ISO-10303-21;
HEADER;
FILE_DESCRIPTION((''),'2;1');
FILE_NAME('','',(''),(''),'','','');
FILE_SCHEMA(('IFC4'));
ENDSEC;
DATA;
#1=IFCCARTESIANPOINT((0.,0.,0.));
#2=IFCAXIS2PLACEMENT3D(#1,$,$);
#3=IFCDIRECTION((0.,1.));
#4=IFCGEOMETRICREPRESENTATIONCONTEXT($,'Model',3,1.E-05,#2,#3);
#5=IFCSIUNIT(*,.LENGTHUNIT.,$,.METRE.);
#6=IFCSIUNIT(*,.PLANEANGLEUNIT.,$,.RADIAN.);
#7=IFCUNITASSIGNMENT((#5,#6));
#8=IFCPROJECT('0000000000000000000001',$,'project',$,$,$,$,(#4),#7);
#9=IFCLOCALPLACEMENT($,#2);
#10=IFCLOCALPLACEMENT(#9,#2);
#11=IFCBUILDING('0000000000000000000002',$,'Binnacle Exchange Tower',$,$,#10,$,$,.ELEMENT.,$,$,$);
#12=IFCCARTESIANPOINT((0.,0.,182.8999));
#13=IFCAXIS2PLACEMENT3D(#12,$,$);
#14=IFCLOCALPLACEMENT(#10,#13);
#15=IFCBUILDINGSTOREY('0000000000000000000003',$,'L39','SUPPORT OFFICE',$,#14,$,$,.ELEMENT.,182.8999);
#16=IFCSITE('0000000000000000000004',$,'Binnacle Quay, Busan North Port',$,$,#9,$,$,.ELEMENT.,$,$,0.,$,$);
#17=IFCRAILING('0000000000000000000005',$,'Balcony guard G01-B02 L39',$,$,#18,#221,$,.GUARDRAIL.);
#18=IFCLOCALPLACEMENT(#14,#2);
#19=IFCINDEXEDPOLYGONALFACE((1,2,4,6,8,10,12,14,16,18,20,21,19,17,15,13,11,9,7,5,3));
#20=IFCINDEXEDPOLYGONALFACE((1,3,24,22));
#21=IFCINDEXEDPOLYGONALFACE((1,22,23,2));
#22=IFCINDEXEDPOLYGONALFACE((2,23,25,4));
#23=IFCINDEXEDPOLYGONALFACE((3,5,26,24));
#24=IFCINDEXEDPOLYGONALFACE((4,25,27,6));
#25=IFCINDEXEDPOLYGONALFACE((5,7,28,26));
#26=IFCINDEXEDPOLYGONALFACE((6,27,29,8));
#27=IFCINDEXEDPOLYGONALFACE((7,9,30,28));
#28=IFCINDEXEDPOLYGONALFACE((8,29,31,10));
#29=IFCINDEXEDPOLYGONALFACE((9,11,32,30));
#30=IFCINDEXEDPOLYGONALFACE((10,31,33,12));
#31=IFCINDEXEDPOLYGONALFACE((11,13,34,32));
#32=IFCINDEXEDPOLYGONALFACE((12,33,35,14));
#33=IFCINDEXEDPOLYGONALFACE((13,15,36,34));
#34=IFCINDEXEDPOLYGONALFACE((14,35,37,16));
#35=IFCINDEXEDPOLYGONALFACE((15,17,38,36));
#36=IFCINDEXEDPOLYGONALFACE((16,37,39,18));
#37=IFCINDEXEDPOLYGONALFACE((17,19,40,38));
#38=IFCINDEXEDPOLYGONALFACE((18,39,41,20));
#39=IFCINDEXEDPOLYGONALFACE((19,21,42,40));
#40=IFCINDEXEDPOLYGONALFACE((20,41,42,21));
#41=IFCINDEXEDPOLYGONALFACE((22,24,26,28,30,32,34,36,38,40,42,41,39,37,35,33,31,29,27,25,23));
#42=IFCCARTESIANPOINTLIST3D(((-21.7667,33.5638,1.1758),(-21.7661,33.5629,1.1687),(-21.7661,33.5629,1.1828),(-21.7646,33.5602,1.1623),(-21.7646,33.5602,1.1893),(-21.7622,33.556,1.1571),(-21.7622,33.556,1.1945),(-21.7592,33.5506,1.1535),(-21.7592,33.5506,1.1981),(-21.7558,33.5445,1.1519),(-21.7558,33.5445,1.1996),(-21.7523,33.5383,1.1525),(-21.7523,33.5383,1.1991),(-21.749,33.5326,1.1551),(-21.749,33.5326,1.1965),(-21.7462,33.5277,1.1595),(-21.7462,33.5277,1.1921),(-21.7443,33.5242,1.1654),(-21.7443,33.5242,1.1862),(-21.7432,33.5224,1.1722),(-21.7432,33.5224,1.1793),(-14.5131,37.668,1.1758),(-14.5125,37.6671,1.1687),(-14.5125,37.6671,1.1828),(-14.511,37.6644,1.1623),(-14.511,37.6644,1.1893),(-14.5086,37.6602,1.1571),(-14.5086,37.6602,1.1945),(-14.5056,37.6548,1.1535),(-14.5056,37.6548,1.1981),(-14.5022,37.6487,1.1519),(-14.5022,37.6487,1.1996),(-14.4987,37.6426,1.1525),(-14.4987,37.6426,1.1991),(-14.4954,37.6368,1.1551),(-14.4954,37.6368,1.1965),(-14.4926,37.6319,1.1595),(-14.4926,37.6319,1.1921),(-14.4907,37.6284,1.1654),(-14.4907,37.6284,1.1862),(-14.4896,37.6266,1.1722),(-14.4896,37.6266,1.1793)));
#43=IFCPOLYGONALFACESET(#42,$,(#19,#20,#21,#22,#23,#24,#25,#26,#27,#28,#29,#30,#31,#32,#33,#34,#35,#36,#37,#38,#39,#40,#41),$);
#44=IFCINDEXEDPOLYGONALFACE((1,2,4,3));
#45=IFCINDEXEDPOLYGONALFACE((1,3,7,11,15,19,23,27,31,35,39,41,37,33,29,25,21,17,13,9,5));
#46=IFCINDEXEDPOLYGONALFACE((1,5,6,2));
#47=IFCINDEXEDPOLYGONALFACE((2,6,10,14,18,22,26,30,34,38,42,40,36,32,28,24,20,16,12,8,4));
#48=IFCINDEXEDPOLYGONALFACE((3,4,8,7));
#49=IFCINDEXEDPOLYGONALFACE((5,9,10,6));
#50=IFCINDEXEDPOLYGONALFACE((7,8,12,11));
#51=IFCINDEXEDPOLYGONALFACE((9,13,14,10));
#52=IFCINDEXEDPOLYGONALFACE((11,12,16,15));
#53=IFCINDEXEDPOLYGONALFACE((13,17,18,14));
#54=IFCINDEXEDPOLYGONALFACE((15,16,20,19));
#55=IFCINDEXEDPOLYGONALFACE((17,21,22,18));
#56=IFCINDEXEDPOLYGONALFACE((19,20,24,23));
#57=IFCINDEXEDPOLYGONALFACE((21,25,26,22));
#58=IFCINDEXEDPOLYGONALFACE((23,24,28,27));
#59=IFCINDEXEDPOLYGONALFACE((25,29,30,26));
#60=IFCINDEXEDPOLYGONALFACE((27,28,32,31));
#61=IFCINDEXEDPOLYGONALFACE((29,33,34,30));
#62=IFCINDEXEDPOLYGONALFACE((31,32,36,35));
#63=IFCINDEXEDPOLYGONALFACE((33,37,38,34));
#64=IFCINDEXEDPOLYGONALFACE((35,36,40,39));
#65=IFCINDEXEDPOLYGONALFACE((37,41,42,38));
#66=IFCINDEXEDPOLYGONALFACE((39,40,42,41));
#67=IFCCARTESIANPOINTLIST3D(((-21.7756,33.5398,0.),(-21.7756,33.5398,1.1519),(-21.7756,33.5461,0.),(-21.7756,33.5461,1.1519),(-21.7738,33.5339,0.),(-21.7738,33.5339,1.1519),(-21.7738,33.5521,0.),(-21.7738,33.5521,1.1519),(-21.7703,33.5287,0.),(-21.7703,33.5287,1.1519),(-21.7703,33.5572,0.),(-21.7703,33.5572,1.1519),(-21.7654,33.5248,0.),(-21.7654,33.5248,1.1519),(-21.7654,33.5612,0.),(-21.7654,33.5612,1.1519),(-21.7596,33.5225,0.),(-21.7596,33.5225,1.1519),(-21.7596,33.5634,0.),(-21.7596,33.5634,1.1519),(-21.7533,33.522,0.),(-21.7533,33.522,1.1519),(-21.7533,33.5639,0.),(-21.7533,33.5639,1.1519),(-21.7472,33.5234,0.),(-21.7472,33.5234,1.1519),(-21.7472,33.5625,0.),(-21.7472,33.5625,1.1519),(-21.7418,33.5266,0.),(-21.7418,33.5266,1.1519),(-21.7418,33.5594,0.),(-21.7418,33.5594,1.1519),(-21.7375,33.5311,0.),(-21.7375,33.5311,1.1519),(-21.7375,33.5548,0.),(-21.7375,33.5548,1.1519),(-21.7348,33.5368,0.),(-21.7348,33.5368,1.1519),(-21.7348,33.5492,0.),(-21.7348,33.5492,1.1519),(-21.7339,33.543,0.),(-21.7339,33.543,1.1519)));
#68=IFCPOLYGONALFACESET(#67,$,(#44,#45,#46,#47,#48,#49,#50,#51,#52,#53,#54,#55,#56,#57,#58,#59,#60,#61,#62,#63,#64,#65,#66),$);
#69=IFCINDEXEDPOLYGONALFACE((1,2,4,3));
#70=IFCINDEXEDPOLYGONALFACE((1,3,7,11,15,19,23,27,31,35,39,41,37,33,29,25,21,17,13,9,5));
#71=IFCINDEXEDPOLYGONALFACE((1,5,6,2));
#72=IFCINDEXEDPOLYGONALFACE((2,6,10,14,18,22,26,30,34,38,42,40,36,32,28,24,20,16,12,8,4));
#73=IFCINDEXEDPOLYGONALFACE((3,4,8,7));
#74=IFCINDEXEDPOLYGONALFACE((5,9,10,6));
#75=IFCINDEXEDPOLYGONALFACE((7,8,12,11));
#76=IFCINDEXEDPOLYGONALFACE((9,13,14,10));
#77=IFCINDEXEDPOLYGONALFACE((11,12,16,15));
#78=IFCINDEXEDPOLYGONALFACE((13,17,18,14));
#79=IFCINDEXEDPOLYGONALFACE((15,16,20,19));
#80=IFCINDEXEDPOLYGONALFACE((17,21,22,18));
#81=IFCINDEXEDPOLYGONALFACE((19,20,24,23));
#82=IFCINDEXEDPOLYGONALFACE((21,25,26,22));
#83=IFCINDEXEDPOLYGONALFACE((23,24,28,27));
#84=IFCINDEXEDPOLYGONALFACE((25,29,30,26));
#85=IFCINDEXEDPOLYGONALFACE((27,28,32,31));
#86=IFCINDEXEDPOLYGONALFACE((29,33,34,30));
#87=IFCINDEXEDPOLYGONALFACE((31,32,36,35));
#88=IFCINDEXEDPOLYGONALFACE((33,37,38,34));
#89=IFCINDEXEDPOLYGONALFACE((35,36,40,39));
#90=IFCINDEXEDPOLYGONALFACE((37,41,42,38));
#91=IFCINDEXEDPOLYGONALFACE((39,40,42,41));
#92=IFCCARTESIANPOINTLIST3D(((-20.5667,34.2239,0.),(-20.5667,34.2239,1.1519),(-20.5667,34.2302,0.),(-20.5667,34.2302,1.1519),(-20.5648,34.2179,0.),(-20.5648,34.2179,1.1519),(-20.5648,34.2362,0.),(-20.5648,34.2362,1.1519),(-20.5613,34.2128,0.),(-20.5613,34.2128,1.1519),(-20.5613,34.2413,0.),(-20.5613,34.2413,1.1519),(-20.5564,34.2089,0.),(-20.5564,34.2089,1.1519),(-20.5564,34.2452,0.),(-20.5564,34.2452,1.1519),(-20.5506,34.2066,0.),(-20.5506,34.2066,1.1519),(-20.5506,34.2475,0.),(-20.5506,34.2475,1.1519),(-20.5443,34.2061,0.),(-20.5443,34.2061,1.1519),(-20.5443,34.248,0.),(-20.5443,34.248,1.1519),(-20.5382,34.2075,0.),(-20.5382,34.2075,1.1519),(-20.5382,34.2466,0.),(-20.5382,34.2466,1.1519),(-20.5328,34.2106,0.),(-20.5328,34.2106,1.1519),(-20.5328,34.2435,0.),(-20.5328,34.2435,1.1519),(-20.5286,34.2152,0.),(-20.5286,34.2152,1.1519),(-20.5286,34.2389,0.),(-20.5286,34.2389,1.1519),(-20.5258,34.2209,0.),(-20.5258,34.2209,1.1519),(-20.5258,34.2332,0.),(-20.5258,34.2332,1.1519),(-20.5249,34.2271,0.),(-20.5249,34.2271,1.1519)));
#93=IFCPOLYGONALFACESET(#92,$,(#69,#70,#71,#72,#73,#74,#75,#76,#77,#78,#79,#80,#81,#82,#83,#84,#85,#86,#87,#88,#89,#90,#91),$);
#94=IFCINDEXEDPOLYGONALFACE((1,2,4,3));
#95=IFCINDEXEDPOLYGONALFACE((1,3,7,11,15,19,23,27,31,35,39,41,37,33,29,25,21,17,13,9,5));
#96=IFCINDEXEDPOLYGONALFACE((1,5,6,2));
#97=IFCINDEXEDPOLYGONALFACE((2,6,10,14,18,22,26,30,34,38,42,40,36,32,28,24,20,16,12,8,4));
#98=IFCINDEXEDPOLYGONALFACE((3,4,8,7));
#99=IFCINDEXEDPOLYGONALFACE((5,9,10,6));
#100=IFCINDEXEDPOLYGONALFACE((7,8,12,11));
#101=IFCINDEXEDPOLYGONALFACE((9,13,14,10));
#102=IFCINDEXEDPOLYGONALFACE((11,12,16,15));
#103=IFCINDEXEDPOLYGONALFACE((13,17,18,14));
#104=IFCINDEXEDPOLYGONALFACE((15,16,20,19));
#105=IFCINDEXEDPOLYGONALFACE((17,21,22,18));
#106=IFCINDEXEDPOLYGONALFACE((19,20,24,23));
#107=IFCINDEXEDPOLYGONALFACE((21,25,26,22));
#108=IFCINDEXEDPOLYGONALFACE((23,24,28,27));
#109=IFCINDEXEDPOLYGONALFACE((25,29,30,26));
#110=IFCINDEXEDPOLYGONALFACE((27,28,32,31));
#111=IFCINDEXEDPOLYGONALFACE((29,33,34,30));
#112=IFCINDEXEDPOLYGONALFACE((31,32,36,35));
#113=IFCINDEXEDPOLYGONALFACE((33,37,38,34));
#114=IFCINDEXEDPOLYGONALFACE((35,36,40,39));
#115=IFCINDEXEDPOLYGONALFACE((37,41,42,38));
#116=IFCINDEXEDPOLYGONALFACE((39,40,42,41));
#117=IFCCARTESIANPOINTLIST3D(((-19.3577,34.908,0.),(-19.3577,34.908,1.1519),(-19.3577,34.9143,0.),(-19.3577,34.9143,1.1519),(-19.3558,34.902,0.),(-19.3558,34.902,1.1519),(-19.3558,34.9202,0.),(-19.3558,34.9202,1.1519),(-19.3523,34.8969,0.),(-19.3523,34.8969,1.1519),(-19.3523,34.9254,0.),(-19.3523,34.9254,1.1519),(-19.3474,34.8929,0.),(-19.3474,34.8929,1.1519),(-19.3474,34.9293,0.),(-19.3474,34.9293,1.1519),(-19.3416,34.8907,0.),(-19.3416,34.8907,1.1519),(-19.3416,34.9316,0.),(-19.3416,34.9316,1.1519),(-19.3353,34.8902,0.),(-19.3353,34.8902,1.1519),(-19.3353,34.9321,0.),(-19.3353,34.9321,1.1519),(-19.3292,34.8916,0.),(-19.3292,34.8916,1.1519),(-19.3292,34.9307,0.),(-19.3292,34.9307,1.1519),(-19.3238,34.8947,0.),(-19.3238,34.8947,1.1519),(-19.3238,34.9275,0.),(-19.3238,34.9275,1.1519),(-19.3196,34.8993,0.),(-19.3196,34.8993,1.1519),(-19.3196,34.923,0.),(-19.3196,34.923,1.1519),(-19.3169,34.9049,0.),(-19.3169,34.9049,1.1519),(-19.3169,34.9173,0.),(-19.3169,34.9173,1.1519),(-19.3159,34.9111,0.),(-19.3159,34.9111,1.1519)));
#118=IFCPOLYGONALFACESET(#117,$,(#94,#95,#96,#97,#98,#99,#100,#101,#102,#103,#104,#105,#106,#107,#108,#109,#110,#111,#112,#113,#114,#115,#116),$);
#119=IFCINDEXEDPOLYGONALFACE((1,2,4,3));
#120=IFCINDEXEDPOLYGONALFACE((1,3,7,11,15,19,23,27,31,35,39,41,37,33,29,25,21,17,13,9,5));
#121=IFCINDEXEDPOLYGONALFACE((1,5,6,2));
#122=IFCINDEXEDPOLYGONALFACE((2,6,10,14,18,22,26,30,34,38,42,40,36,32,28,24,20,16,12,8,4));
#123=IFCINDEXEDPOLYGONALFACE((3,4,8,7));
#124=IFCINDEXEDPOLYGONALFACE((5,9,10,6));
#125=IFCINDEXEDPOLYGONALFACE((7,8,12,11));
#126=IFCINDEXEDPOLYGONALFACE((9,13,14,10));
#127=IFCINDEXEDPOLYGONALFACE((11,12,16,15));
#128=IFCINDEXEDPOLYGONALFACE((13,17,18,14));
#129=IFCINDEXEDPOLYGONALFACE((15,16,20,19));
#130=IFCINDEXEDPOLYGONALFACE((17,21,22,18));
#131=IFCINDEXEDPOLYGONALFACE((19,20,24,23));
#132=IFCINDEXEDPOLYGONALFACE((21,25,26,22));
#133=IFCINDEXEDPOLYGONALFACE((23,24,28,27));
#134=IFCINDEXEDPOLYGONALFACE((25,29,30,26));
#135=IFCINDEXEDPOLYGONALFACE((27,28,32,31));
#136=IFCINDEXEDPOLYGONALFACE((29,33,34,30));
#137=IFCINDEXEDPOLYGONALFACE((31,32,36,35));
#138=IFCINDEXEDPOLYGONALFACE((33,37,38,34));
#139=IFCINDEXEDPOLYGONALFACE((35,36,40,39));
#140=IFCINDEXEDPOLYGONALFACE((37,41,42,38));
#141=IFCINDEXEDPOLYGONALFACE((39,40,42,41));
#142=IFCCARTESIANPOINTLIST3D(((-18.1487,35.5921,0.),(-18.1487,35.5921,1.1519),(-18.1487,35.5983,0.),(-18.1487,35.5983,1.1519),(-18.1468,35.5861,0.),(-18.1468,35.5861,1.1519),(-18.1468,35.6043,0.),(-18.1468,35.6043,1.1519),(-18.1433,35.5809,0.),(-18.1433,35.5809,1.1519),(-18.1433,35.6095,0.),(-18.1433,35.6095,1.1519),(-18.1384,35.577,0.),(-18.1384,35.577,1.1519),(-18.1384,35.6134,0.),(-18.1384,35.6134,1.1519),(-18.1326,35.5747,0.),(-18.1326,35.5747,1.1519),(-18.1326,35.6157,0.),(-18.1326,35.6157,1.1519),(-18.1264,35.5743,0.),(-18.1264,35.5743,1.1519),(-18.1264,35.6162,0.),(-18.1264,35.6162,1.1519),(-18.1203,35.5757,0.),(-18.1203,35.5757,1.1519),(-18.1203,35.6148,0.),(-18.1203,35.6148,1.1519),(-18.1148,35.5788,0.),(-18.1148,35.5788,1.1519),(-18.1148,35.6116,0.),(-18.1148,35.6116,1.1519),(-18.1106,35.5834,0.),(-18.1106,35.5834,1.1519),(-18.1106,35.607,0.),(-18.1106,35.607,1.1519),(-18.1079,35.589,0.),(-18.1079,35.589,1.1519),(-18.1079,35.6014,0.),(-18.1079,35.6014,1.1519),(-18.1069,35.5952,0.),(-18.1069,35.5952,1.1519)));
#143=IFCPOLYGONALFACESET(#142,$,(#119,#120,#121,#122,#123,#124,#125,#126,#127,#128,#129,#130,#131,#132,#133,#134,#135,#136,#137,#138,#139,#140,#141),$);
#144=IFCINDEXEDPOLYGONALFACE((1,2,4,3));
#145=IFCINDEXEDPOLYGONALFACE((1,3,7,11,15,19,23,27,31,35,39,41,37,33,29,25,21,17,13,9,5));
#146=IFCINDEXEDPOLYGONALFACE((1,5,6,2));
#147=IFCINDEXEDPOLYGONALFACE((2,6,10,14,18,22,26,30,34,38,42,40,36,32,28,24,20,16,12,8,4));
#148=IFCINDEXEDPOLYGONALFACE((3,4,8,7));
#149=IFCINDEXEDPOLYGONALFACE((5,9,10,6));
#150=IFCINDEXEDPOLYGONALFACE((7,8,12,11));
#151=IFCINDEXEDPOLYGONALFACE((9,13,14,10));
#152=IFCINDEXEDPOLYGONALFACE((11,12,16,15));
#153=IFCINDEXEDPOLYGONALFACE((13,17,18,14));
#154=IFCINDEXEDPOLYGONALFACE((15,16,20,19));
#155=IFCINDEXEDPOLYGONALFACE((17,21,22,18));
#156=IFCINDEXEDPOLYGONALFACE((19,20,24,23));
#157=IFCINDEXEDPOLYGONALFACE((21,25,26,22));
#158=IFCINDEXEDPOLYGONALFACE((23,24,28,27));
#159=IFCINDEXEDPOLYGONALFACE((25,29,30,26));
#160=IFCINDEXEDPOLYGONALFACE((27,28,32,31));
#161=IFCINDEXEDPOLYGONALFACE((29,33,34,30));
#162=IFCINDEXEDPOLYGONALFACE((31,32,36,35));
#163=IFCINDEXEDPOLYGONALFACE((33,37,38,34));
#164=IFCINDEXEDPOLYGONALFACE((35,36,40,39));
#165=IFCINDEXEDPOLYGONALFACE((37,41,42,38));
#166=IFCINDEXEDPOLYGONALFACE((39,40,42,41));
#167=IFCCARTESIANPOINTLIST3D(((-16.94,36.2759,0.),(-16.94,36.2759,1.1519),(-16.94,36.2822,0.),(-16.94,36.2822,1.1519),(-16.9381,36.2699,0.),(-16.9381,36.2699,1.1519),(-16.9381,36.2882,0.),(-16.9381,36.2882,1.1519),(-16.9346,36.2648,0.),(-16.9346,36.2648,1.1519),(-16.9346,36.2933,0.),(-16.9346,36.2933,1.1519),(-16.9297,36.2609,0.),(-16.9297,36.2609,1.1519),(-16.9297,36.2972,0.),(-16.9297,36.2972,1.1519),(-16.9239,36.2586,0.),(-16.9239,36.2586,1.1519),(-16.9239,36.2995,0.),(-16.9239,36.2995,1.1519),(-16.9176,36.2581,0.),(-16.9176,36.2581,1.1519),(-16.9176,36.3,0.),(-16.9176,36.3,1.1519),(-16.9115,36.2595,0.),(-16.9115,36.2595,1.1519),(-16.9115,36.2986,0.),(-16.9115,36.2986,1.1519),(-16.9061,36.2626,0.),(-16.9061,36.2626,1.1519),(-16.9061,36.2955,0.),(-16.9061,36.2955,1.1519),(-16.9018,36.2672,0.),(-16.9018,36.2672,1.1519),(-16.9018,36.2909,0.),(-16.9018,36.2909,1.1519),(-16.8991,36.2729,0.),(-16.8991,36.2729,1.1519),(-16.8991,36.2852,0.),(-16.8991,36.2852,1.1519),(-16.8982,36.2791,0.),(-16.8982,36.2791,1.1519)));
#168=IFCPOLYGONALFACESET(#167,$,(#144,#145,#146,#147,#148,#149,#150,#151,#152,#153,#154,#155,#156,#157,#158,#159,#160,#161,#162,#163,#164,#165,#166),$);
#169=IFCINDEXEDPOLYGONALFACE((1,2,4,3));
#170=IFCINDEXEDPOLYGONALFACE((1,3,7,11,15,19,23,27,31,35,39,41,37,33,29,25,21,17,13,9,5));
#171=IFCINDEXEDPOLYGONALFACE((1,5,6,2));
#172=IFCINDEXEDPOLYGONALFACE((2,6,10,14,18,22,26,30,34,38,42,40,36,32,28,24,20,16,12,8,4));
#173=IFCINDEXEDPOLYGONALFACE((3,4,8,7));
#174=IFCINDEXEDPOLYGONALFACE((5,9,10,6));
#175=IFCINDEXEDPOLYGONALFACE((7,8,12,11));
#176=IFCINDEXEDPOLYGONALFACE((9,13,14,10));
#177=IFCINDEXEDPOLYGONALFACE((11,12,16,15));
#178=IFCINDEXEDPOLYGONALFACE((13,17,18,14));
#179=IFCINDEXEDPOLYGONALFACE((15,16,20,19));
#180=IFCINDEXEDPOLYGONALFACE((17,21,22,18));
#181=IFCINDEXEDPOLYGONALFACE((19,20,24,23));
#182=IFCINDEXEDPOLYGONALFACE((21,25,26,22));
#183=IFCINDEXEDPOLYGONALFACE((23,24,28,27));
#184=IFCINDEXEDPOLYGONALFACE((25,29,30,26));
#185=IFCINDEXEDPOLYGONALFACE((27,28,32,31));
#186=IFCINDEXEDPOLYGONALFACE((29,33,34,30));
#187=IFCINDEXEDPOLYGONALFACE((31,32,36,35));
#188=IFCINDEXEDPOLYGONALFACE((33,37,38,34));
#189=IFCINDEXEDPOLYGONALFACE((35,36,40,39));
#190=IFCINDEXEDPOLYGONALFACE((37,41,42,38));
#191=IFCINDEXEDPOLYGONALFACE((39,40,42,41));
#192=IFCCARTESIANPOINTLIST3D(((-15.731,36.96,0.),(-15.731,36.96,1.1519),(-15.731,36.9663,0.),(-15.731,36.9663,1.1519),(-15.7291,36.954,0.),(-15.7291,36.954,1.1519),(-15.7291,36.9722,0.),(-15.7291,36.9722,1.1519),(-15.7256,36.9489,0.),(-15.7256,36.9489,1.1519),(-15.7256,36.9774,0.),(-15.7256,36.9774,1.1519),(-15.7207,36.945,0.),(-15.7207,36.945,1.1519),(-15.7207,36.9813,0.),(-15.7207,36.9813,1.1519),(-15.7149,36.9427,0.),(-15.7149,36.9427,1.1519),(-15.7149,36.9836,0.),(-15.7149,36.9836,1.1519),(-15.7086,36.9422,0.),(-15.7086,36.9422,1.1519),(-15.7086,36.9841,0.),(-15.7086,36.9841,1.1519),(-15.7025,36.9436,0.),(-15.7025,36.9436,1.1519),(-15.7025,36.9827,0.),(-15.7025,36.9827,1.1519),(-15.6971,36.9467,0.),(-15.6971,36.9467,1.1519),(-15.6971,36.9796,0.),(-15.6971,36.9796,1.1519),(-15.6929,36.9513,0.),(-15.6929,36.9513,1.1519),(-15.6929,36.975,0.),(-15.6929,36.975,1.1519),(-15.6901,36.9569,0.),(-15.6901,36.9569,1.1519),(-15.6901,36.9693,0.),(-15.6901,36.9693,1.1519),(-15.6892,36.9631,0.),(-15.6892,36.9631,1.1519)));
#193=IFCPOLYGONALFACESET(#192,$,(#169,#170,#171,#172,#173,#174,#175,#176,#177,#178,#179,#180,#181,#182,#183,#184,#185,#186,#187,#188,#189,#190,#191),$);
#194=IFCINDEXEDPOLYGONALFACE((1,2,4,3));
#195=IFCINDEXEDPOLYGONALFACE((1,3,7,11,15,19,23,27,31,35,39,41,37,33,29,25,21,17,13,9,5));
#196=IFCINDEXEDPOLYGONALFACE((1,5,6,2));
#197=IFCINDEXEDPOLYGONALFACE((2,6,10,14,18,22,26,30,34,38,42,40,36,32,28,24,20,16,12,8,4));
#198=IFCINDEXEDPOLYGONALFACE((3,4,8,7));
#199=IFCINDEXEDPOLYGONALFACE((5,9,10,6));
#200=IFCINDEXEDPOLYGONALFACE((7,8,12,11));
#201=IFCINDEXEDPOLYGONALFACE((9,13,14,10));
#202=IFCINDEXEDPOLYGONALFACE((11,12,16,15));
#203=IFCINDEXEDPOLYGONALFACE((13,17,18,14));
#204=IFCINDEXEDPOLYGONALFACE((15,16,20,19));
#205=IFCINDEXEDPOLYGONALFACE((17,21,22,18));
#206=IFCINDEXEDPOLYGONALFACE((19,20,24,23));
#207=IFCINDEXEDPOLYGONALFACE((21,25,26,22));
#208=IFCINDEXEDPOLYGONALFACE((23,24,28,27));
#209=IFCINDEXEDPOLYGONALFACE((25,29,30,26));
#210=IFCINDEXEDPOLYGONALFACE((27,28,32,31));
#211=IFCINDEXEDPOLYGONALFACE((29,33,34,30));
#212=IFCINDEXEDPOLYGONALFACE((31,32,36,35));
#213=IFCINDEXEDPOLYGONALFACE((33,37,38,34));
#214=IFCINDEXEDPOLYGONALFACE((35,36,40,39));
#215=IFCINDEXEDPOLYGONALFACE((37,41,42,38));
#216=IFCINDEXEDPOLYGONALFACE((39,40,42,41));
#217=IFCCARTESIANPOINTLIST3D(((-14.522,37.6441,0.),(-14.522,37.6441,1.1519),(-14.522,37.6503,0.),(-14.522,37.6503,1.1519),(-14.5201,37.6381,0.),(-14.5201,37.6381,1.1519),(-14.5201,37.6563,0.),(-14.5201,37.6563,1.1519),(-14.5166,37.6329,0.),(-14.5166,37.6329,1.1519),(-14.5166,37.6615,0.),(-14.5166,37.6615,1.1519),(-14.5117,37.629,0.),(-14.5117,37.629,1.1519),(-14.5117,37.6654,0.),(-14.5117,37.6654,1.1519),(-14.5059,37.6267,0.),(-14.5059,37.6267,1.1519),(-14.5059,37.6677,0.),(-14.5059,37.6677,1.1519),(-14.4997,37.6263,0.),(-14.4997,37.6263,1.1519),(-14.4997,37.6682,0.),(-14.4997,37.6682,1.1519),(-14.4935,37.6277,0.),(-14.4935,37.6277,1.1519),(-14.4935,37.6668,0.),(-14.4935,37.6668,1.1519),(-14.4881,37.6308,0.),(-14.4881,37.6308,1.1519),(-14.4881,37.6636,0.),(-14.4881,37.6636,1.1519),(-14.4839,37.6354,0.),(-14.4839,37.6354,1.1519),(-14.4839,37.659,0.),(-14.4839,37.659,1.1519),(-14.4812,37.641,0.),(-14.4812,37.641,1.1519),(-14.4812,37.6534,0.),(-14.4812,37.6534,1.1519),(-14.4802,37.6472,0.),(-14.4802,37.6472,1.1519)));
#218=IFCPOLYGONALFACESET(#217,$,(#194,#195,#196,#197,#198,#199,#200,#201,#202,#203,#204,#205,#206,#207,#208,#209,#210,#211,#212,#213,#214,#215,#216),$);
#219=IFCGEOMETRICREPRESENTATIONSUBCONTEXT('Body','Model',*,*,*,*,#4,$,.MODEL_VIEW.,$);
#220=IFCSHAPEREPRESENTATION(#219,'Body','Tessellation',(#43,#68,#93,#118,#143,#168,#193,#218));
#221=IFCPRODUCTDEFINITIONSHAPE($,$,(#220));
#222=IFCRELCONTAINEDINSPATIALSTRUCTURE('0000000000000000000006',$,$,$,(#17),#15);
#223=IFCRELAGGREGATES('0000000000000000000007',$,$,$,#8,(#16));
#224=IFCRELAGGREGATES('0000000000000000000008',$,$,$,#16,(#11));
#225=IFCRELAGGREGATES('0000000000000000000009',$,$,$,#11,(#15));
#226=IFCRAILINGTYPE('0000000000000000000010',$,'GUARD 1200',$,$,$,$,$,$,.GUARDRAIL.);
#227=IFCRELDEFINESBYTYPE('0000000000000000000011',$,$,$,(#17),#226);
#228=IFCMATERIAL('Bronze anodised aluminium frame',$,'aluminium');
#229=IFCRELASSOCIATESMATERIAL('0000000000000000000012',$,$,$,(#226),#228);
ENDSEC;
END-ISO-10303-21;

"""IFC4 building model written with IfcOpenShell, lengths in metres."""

from ifc_helpers import new_model, si_unit, direction, frame, origin, origin_2d, place, context, subcontext, project, spatial, circle, extrude, material, type_object, element, save


model = new_model("IFC4")

# Units and contexts
model_context = context("Model", 3, precision=1e-05, world=origin(), true_north=direction((0.0, 1.0)))
body_context = subcontext(model_context, "Body", "Model", "MODEL_VIEW")
ifc_project = project(units=[si_unit("LENGTHUNIT", "METRE"), si_unit("PLANEANGLEUNIT", "RADIAN")], contexts=[model_context])

# Site, building, storey
site_placement = place(None, origin())
site = spatial("IfcSite", under=ifc_project, at=site_placement, Name="Binnacle Quay, Busan North Port", CompositionType="ELEMENT", RefElevation=0.0)
building_placement = place(site_placement, origin())
building = spatial("IfcBuilding", under=site, at=building_placement, Name="Binnacle Exchange Tower", CompositionType="ELEMENT")
storey_placement = place(building_placement, frame((0.0, 0.0, 182.8999)))
storey = spatial("IfcBuildingStorey", under=building, at=storey_placement, Name="L39", Description="SUPPORT OFFICE", CompositionType="ELEMENT", Elevation=182.8999)

# Railing
ifc_material_1 = material(Name="Bronze anodised aluminium frame", Category="aluminium")
railing_type_1 = type_object("IfcRailingType", Name="GUARD 1200", PredefinedType="GUARDRAIL", material=ifc_material_1)
railing_1_placement = place(storey_placement, frame((-21.7549, 33.543, 0.0)))
element("IfcRailing", 1, at=railing_1_placement, inside=storey, type_object=railing_type_1, Name="Balcony guard G01-B02 L39", PredefinedType="GUARDRAIL", context=body_context, shape_type="SweptSolid", body=[
    extrude(circle(Radius=0.0239, at=origin_2d()), frame((0.0, 0.0, 1.1758), z_axis=(0.870339, 0.492453, 0.0), x_axis=(-0.492453, 0.870339, 0.0)), (0.0, 0.0, 1.0), 8.3342),
    extrude(circle(Radius=0.021, at=origin_2d()), origin(), (0.0, 0.0, 1.0), 1.1519),
    extrude(circle(Radius=0.021, at=origin_2d()), frame((1.209, 0.6841, 0.0)), (0.0, 0.0, 1.0), 1.1519),
    extrude(circle(Radius=0.021, at=origin_2d()), frame((2.418, 1.3682, 0.0)), (0.0, 0.0, 1.0), 1.1519),
    extrude(circle(Radius=0.021, at=origin_2d()), frame((3.627, 2.0522, 0.0)), (0.0, 0.0, 1.0), 1.1519),
    extrude(circle(Radius=0.021, at=origin_2d()), frame((4.8357, 2.7361, 0.0)), (0.0, 0.0, 1.0), 1.1519),
    extrude(circle(Radius=0.021, at=origin_2d()), frame((6.0447, 3.4202, 0.0)), (0.0, 0.0, 1.0), 1.1519),
    extrude(circle(Radius=0.021, at=origin_2d()), frame((7.2537, 4.1042, 0.0)), (0.0, 0.0, 1.0), 1.1519),
])

save(model, "model.ifc")
